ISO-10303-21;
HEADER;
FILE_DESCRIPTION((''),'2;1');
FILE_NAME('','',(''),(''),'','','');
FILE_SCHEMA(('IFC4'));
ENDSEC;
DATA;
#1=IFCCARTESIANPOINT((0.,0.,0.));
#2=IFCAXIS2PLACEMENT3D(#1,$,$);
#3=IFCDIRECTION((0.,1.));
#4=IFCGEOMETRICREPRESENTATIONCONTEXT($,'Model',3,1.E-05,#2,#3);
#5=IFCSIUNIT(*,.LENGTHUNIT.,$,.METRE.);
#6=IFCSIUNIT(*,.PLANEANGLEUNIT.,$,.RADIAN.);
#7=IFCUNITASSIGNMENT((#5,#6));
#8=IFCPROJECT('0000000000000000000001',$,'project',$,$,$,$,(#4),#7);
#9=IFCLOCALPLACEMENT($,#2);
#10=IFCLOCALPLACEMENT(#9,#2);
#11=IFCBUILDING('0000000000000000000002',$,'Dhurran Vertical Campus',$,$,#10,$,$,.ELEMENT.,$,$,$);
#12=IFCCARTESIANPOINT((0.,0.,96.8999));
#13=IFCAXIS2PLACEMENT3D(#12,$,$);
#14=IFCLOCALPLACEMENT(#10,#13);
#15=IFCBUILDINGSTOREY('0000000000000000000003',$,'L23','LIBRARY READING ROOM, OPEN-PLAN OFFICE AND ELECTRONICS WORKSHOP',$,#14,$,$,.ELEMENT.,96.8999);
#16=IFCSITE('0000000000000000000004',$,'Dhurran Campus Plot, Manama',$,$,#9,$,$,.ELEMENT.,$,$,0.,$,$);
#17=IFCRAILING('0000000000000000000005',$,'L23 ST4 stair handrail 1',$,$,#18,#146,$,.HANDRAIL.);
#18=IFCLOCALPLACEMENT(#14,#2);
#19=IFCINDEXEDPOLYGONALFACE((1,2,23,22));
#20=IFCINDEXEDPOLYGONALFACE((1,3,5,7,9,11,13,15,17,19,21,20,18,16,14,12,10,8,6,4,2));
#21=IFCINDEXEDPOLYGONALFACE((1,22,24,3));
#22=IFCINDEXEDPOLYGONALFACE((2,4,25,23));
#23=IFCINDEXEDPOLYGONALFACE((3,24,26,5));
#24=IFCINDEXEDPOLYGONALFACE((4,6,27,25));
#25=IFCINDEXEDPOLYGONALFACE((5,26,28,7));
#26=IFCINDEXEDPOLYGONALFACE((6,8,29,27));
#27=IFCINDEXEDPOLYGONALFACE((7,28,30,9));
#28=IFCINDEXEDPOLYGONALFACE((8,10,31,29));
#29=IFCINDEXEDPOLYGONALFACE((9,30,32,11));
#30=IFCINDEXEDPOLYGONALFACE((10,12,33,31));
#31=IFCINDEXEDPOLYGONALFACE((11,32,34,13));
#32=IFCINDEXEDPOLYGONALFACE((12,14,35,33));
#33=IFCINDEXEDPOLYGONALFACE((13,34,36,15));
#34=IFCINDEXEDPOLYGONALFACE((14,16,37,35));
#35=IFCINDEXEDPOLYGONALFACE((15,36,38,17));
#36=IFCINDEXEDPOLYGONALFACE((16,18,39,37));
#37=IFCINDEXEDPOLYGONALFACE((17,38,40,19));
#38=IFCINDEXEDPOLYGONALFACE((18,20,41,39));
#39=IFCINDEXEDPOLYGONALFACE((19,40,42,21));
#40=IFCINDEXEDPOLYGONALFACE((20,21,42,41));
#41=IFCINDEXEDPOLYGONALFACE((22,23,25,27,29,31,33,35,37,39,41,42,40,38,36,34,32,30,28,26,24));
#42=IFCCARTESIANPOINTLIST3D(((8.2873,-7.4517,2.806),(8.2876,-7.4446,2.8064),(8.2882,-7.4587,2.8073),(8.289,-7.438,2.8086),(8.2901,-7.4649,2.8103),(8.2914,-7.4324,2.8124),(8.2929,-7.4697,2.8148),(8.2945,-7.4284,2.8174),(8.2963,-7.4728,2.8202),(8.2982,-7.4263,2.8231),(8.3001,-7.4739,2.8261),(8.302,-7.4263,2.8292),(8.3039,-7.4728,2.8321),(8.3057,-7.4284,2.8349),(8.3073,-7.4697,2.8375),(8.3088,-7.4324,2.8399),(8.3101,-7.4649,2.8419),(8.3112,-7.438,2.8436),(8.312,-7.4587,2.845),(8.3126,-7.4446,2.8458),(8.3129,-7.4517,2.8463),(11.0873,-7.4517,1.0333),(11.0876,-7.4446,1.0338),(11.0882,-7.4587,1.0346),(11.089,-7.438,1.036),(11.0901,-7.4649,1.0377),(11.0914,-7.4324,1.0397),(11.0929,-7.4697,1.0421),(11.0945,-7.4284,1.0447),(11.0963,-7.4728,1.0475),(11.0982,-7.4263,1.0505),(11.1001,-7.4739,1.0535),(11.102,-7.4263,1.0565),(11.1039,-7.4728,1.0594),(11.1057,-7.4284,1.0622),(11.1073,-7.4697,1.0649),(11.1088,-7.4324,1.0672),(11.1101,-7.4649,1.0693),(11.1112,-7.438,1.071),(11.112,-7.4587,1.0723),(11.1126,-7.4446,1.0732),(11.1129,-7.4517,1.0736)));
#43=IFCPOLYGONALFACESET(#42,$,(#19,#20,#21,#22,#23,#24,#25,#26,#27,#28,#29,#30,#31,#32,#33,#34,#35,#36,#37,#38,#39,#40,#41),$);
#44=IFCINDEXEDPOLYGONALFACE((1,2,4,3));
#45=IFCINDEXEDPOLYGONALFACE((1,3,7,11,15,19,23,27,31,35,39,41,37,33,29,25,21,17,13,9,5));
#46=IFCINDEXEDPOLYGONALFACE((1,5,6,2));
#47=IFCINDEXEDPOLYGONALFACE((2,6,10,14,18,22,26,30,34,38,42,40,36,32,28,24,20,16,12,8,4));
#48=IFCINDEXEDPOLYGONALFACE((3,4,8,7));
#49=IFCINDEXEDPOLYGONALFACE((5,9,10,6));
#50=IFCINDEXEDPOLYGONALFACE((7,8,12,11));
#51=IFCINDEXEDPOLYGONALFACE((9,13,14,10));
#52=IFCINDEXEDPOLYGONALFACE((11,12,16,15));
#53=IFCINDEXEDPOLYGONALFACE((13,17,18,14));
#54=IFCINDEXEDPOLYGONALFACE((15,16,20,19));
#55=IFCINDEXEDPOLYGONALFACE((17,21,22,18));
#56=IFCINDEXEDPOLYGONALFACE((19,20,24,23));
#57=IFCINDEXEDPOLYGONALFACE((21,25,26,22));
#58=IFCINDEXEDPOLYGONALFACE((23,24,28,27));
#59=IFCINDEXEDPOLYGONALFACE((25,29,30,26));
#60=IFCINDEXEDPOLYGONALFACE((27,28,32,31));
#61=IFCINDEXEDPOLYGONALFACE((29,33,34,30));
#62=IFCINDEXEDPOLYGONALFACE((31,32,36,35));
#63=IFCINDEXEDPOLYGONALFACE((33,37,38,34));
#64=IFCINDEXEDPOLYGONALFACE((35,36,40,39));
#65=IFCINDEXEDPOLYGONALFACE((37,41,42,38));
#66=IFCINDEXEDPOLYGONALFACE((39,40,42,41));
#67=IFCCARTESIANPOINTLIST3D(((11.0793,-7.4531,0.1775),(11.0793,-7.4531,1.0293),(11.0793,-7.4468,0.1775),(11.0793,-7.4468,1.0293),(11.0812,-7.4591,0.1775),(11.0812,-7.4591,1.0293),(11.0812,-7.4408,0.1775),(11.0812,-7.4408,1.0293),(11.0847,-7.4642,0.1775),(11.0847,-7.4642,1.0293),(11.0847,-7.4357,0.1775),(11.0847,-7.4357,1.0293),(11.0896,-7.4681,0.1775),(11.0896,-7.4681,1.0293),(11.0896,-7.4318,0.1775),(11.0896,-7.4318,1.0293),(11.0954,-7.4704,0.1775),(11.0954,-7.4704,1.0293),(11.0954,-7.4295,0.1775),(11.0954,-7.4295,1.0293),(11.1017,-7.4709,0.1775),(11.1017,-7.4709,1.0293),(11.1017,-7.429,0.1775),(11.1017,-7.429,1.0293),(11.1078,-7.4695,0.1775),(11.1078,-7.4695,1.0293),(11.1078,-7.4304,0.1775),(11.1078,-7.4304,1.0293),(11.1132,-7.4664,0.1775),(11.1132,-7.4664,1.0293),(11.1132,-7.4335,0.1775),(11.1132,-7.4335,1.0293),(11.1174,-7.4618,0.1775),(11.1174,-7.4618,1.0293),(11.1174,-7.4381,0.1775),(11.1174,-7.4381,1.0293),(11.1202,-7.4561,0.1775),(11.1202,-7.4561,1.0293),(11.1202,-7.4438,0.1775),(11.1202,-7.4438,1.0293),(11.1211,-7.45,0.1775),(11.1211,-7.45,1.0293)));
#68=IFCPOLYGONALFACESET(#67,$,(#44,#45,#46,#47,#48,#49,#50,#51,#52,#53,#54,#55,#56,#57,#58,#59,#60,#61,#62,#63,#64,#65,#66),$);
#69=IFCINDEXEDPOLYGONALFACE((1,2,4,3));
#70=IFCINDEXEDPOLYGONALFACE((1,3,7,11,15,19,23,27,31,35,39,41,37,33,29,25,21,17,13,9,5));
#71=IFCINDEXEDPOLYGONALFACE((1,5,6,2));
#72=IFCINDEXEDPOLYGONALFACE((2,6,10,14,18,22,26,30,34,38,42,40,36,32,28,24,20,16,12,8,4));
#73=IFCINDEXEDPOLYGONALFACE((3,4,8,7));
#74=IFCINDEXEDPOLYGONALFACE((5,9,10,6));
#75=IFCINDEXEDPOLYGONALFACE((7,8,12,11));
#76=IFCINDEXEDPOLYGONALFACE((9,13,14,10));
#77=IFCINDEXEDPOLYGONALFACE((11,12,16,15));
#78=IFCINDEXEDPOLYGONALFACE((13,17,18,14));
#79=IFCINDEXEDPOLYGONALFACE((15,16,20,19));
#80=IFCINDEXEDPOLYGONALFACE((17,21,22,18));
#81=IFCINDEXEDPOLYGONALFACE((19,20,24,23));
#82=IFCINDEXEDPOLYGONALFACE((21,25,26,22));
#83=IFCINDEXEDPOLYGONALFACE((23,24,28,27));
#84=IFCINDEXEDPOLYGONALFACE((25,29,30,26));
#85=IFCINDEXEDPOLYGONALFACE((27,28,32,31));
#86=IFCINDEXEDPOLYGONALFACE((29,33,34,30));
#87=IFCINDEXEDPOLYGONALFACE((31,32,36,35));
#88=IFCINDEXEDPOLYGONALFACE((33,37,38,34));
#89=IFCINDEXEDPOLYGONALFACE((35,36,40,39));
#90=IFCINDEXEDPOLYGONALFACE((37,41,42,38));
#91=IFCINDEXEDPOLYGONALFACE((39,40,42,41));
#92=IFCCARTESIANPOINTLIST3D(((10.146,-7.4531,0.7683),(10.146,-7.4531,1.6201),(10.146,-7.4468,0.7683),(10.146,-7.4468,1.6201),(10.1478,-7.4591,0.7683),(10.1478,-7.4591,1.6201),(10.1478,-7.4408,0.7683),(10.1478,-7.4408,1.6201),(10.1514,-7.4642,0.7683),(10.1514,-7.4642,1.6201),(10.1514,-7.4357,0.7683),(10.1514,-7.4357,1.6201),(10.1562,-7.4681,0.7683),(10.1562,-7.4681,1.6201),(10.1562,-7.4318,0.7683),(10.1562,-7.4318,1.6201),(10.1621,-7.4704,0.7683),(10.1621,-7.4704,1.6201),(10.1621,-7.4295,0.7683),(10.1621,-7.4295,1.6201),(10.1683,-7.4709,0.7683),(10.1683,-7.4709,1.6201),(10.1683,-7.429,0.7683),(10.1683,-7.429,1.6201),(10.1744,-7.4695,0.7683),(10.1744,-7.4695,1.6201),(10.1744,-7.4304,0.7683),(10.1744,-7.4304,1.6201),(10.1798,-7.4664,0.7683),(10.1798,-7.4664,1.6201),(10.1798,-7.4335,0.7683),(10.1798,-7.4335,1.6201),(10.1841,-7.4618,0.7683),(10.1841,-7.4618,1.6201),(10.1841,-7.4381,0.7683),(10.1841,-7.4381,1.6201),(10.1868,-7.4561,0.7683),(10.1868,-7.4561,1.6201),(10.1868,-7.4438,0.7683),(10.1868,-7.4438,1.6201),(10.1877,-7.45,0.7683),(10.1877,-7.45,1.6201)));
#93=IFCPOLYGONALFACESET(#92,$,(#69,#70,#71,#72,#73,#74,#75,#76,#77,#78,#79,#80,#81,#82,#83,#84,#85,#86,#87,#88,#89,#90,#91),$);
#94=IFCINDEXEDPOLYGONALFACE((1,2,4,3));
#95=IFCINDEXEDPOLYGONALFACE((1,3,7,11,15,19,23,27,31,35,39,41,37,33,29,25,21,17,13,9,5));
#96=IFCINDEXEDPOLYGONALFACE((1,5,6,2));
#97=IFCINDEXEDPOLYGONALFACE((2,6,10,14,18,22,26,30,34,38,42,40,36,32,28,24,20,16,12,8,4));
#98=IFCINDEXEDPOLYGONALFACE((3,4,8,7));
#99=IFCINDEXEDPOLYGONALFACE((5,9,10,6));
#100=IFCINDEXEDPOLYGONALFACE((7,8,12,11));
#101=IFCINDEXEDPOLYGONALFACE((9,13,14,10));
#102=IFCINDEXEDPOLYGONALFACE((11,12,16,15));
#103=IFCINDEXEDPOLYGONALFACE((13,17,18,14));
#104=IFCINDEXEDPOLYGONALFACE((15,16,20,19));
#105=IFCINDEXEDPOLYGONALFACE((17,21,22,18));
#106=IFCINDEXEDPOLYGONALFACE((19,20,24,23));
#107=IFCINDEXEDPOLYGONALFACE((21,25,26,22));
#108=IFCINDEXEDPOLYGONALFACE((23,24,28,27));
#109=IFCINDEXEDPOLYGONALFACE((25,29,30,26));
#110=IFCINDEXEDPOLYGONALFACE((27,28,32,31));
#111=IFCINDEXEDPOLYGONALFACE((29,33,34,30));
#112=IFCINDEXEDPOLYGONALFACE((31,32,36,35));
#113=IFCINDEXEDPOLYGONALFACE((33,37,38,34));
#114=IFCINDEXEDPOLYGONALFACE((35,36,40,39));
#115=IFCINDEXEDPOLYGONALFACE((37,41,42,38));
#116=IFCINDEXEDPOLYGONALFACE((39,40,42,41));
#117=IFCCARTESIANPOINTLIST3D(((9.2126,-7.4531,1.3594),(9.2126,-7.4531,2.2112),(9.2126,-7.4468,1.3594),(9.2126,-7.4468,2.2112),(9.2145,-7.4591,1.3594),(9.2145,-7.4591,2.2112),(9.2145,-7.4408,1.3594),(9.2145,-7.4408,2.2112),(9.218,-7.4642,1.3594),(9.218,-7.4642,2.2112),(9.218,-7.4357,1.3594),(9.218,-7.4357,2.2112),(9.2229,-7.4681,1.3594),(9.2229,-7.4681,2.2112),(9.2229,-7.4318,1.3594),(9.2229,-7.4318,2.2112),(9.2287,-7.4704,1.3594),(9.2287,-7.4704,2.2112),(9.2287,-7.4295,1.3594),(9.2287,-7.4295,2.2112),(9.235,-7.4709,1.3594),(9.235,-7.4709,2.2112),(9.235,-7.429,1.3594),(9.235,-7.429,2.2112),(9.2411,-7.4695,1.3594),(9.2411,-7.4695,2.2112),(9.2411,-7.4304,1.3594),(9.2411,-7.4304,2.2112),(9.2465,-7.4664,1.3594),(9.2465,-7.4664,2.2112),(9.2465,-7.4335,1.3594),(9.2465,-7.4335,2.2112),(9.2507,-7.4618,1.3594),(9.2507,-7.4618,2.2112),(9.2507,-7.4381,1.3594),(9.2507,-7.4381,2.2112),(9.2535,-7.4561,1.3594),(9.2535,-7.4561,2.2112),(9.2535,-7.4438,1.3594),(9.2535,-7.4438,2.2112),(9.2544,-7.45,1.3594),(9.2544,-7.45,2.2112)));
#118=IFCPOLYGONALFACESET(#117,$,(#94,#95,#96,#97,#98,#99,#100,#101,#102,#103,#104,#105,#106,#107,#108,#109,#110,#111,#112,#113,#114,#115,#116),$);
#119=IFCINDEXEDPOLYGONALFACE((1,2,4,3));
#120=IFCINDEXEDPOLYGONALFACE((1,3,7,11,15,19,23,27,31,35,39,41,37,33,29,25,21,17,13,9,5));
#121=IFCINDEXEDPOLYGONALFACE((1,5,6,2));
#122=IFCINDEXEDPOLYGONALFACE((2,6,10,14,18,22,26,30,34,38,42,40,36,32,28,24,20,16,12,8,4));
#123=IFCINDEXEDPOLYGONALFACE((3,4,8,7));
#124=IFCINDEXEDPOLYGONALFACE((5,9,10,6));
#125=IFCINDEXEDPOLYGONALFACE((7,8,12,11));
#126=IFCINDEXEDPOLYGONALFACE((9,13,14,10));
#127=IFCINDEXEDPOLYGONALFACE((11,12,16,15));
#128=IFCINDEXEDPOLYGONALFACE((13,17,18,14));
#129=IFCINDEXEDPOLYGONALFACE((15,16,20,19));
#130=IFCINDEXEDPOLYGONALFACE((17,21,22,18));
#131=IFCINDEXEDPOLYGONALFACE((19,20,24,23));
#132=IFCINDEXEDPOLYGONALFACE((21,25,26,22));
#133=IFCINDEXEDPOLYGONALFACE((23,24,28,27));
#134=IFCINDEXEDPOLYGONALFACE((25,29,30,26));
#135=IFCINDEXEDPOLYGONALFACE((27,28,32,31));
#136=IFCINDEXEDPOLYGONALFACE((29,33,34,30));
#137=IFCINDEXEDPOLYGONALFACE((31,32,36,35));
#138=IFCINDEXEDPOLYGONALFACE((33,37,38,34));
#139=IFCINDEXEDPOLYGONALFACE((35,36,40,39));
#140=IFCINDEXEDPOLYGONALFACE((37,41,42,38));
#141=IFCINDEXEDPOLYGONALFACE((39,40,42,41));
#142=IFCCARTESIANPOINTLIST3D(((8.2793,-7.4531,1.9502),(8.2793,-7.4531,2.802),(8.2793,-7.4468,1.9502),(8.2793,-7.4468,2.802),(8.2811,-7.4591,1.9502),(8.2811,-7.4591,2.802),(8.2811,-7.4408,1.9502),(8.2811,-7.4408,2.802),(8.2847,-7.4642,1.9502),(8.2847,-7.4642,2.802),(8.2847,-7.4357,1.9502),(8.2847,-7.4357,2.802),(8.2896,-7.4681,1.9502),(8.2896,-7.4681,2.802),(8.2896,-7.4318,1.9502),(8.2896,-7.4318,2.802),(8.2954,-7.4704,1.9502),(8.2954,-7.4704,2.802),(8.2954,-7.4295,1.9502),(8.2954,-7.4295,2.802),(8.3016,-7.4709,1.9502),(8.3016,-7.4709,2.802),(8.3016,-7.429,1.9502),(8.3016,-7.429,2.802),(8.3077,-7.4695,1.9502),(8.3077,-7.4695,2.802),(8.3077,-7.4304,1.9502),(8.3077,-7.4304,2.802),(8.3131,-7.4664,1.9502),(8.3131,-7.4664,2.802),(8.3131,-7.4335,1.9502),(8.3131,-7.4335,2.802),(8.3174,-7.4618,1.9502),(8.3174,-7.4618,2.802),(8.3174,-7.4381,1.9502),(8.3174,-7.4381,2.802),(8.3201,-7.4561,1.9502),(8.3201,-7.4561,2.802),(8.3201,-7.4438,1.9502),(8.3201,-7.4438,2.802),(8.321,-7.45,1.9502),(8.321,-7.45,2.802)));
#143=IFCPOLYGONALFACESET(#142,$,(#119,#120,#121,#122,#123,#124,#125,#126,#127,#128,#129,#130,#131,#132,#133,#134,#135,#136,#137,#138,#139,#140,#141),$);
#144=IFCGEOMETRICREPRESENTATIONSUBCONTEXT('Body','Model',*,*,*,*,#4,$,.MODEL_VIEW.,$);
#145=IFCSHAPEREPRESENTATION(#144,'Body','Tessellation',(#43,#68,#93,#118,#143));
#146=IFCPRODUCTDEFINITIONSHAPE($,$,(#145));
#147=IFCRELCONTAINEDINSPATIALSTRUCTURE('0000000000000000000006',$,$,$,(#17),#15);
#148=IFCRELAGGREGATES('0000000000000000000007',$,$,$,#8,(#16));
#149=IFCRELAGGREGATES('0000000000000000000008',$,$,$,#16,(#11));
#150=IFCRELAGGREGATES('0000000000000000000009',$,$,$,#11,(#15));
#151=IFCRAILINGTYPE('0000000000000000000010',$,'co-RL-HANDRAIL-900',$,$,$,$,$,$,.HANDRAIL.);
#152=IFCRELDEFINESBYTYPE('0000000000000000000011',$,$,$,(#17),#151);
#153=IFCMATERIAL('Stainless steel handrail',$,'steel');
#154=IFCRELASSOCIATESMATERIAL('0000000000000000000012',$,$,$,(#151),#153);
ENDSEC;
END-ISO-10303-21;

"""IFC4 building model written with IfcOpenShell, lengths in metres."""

from ifc_helpers import new_model, si_unit, direction, frame, origin, origin_2d, place, context, subcontext, project, spatial, circle, extrude, material, type_object, element, save


model = new_model("IFC4")

# Units and contexts
model_context = context("Model", 3, precision=1e-05, world=origin(), true_north=direction((0.0, 1.0)))
body_context = subcontext(model_context, "Body", "Model", "MODEL_VIEW")
ifc_project = project(units=[si_unit("LENGTHUNIT", "METRE"), si_unit("PLANEANGLEUNIT", "RADIAN")], contexts=[model_context])

# Site, building, storey
site_placement = place(None, origin())
site = spatial("IfcSite", under=ifc_project, at=site_placement, Name="Dhurran Campus Plot, Manama", CompositionType="ELEMENT", RefElevation=0.0)
building_placement = place(site_placement, origin())
building = spatial("IfcBuilding", under=site, at=building_placement, Name="Dhurran Vertical Campus", CompositionType="ELEMENT")
storey_placement = place(building_placement, frame((0.0, 0.0, 96.8999)))
storey = spatial("IfcBuildingStorey", under=building, at=storey_placement, Name="L23", Description="LIBRARY READING ROOM, OPEN-PLAN OFFICE AND ELECTRONICS WORKSHOP", CompositionType="ELEMENT", Elevation=96.8999)

# Railing
ifc_material_1 = material(Name="Stainless steel handrail", Category="steel")
railing_type_1 = type_object("IfcRailingType", Name="co-RL-HANDRAIL-900", PredefinedType="HANDRAIL", material=ifc_material_1)
railing_1_placement = place(storey_placement, frame((11.1001, -7.45, 0.1775)))
element("IfcRailing", 1, at=railing_1_placement, inside=storey, type_object=railing_type_1, Name="L23 ST4 stair handrail 1", PredefinedType="HANDRAIL", context=body_context, shape_type="SweptSolid", body=[
    extrude(circle(Radius=0.0239, at=origin_2d()), frame((0.0, 0.0, 0.876), z_axis=(-0.844909, 0.0, 0.53491), x_axis=(0.0, -1.0, 0.0)), (0.0, 0.0, 1.0), 3.314),
    extrude(circle(Radius=0.021, at=origin_2d()), origin(), (0.0, 0.0, 1.0), 0.8518),
    extrude(circle(Radius=0.021, at=origin_2d()), frame((-0.9333, 0.0, 0.5908)), (0.0, 0.0, 1.0), 0.8518),
    extrude(circle(Radius=0.021, at=origin_2d()), frame((-1.8667, 0.0, 1.1819)), (0.0, 0.0, 1.0), 0.8518),
    extrude(circle(Radius=0.021, at=origin_2d()), frame((-2.8, 0.0, 1.7727)), (0.0, 0.0, 1.0), 0.8518),
])

save(model, "model.ifc")
